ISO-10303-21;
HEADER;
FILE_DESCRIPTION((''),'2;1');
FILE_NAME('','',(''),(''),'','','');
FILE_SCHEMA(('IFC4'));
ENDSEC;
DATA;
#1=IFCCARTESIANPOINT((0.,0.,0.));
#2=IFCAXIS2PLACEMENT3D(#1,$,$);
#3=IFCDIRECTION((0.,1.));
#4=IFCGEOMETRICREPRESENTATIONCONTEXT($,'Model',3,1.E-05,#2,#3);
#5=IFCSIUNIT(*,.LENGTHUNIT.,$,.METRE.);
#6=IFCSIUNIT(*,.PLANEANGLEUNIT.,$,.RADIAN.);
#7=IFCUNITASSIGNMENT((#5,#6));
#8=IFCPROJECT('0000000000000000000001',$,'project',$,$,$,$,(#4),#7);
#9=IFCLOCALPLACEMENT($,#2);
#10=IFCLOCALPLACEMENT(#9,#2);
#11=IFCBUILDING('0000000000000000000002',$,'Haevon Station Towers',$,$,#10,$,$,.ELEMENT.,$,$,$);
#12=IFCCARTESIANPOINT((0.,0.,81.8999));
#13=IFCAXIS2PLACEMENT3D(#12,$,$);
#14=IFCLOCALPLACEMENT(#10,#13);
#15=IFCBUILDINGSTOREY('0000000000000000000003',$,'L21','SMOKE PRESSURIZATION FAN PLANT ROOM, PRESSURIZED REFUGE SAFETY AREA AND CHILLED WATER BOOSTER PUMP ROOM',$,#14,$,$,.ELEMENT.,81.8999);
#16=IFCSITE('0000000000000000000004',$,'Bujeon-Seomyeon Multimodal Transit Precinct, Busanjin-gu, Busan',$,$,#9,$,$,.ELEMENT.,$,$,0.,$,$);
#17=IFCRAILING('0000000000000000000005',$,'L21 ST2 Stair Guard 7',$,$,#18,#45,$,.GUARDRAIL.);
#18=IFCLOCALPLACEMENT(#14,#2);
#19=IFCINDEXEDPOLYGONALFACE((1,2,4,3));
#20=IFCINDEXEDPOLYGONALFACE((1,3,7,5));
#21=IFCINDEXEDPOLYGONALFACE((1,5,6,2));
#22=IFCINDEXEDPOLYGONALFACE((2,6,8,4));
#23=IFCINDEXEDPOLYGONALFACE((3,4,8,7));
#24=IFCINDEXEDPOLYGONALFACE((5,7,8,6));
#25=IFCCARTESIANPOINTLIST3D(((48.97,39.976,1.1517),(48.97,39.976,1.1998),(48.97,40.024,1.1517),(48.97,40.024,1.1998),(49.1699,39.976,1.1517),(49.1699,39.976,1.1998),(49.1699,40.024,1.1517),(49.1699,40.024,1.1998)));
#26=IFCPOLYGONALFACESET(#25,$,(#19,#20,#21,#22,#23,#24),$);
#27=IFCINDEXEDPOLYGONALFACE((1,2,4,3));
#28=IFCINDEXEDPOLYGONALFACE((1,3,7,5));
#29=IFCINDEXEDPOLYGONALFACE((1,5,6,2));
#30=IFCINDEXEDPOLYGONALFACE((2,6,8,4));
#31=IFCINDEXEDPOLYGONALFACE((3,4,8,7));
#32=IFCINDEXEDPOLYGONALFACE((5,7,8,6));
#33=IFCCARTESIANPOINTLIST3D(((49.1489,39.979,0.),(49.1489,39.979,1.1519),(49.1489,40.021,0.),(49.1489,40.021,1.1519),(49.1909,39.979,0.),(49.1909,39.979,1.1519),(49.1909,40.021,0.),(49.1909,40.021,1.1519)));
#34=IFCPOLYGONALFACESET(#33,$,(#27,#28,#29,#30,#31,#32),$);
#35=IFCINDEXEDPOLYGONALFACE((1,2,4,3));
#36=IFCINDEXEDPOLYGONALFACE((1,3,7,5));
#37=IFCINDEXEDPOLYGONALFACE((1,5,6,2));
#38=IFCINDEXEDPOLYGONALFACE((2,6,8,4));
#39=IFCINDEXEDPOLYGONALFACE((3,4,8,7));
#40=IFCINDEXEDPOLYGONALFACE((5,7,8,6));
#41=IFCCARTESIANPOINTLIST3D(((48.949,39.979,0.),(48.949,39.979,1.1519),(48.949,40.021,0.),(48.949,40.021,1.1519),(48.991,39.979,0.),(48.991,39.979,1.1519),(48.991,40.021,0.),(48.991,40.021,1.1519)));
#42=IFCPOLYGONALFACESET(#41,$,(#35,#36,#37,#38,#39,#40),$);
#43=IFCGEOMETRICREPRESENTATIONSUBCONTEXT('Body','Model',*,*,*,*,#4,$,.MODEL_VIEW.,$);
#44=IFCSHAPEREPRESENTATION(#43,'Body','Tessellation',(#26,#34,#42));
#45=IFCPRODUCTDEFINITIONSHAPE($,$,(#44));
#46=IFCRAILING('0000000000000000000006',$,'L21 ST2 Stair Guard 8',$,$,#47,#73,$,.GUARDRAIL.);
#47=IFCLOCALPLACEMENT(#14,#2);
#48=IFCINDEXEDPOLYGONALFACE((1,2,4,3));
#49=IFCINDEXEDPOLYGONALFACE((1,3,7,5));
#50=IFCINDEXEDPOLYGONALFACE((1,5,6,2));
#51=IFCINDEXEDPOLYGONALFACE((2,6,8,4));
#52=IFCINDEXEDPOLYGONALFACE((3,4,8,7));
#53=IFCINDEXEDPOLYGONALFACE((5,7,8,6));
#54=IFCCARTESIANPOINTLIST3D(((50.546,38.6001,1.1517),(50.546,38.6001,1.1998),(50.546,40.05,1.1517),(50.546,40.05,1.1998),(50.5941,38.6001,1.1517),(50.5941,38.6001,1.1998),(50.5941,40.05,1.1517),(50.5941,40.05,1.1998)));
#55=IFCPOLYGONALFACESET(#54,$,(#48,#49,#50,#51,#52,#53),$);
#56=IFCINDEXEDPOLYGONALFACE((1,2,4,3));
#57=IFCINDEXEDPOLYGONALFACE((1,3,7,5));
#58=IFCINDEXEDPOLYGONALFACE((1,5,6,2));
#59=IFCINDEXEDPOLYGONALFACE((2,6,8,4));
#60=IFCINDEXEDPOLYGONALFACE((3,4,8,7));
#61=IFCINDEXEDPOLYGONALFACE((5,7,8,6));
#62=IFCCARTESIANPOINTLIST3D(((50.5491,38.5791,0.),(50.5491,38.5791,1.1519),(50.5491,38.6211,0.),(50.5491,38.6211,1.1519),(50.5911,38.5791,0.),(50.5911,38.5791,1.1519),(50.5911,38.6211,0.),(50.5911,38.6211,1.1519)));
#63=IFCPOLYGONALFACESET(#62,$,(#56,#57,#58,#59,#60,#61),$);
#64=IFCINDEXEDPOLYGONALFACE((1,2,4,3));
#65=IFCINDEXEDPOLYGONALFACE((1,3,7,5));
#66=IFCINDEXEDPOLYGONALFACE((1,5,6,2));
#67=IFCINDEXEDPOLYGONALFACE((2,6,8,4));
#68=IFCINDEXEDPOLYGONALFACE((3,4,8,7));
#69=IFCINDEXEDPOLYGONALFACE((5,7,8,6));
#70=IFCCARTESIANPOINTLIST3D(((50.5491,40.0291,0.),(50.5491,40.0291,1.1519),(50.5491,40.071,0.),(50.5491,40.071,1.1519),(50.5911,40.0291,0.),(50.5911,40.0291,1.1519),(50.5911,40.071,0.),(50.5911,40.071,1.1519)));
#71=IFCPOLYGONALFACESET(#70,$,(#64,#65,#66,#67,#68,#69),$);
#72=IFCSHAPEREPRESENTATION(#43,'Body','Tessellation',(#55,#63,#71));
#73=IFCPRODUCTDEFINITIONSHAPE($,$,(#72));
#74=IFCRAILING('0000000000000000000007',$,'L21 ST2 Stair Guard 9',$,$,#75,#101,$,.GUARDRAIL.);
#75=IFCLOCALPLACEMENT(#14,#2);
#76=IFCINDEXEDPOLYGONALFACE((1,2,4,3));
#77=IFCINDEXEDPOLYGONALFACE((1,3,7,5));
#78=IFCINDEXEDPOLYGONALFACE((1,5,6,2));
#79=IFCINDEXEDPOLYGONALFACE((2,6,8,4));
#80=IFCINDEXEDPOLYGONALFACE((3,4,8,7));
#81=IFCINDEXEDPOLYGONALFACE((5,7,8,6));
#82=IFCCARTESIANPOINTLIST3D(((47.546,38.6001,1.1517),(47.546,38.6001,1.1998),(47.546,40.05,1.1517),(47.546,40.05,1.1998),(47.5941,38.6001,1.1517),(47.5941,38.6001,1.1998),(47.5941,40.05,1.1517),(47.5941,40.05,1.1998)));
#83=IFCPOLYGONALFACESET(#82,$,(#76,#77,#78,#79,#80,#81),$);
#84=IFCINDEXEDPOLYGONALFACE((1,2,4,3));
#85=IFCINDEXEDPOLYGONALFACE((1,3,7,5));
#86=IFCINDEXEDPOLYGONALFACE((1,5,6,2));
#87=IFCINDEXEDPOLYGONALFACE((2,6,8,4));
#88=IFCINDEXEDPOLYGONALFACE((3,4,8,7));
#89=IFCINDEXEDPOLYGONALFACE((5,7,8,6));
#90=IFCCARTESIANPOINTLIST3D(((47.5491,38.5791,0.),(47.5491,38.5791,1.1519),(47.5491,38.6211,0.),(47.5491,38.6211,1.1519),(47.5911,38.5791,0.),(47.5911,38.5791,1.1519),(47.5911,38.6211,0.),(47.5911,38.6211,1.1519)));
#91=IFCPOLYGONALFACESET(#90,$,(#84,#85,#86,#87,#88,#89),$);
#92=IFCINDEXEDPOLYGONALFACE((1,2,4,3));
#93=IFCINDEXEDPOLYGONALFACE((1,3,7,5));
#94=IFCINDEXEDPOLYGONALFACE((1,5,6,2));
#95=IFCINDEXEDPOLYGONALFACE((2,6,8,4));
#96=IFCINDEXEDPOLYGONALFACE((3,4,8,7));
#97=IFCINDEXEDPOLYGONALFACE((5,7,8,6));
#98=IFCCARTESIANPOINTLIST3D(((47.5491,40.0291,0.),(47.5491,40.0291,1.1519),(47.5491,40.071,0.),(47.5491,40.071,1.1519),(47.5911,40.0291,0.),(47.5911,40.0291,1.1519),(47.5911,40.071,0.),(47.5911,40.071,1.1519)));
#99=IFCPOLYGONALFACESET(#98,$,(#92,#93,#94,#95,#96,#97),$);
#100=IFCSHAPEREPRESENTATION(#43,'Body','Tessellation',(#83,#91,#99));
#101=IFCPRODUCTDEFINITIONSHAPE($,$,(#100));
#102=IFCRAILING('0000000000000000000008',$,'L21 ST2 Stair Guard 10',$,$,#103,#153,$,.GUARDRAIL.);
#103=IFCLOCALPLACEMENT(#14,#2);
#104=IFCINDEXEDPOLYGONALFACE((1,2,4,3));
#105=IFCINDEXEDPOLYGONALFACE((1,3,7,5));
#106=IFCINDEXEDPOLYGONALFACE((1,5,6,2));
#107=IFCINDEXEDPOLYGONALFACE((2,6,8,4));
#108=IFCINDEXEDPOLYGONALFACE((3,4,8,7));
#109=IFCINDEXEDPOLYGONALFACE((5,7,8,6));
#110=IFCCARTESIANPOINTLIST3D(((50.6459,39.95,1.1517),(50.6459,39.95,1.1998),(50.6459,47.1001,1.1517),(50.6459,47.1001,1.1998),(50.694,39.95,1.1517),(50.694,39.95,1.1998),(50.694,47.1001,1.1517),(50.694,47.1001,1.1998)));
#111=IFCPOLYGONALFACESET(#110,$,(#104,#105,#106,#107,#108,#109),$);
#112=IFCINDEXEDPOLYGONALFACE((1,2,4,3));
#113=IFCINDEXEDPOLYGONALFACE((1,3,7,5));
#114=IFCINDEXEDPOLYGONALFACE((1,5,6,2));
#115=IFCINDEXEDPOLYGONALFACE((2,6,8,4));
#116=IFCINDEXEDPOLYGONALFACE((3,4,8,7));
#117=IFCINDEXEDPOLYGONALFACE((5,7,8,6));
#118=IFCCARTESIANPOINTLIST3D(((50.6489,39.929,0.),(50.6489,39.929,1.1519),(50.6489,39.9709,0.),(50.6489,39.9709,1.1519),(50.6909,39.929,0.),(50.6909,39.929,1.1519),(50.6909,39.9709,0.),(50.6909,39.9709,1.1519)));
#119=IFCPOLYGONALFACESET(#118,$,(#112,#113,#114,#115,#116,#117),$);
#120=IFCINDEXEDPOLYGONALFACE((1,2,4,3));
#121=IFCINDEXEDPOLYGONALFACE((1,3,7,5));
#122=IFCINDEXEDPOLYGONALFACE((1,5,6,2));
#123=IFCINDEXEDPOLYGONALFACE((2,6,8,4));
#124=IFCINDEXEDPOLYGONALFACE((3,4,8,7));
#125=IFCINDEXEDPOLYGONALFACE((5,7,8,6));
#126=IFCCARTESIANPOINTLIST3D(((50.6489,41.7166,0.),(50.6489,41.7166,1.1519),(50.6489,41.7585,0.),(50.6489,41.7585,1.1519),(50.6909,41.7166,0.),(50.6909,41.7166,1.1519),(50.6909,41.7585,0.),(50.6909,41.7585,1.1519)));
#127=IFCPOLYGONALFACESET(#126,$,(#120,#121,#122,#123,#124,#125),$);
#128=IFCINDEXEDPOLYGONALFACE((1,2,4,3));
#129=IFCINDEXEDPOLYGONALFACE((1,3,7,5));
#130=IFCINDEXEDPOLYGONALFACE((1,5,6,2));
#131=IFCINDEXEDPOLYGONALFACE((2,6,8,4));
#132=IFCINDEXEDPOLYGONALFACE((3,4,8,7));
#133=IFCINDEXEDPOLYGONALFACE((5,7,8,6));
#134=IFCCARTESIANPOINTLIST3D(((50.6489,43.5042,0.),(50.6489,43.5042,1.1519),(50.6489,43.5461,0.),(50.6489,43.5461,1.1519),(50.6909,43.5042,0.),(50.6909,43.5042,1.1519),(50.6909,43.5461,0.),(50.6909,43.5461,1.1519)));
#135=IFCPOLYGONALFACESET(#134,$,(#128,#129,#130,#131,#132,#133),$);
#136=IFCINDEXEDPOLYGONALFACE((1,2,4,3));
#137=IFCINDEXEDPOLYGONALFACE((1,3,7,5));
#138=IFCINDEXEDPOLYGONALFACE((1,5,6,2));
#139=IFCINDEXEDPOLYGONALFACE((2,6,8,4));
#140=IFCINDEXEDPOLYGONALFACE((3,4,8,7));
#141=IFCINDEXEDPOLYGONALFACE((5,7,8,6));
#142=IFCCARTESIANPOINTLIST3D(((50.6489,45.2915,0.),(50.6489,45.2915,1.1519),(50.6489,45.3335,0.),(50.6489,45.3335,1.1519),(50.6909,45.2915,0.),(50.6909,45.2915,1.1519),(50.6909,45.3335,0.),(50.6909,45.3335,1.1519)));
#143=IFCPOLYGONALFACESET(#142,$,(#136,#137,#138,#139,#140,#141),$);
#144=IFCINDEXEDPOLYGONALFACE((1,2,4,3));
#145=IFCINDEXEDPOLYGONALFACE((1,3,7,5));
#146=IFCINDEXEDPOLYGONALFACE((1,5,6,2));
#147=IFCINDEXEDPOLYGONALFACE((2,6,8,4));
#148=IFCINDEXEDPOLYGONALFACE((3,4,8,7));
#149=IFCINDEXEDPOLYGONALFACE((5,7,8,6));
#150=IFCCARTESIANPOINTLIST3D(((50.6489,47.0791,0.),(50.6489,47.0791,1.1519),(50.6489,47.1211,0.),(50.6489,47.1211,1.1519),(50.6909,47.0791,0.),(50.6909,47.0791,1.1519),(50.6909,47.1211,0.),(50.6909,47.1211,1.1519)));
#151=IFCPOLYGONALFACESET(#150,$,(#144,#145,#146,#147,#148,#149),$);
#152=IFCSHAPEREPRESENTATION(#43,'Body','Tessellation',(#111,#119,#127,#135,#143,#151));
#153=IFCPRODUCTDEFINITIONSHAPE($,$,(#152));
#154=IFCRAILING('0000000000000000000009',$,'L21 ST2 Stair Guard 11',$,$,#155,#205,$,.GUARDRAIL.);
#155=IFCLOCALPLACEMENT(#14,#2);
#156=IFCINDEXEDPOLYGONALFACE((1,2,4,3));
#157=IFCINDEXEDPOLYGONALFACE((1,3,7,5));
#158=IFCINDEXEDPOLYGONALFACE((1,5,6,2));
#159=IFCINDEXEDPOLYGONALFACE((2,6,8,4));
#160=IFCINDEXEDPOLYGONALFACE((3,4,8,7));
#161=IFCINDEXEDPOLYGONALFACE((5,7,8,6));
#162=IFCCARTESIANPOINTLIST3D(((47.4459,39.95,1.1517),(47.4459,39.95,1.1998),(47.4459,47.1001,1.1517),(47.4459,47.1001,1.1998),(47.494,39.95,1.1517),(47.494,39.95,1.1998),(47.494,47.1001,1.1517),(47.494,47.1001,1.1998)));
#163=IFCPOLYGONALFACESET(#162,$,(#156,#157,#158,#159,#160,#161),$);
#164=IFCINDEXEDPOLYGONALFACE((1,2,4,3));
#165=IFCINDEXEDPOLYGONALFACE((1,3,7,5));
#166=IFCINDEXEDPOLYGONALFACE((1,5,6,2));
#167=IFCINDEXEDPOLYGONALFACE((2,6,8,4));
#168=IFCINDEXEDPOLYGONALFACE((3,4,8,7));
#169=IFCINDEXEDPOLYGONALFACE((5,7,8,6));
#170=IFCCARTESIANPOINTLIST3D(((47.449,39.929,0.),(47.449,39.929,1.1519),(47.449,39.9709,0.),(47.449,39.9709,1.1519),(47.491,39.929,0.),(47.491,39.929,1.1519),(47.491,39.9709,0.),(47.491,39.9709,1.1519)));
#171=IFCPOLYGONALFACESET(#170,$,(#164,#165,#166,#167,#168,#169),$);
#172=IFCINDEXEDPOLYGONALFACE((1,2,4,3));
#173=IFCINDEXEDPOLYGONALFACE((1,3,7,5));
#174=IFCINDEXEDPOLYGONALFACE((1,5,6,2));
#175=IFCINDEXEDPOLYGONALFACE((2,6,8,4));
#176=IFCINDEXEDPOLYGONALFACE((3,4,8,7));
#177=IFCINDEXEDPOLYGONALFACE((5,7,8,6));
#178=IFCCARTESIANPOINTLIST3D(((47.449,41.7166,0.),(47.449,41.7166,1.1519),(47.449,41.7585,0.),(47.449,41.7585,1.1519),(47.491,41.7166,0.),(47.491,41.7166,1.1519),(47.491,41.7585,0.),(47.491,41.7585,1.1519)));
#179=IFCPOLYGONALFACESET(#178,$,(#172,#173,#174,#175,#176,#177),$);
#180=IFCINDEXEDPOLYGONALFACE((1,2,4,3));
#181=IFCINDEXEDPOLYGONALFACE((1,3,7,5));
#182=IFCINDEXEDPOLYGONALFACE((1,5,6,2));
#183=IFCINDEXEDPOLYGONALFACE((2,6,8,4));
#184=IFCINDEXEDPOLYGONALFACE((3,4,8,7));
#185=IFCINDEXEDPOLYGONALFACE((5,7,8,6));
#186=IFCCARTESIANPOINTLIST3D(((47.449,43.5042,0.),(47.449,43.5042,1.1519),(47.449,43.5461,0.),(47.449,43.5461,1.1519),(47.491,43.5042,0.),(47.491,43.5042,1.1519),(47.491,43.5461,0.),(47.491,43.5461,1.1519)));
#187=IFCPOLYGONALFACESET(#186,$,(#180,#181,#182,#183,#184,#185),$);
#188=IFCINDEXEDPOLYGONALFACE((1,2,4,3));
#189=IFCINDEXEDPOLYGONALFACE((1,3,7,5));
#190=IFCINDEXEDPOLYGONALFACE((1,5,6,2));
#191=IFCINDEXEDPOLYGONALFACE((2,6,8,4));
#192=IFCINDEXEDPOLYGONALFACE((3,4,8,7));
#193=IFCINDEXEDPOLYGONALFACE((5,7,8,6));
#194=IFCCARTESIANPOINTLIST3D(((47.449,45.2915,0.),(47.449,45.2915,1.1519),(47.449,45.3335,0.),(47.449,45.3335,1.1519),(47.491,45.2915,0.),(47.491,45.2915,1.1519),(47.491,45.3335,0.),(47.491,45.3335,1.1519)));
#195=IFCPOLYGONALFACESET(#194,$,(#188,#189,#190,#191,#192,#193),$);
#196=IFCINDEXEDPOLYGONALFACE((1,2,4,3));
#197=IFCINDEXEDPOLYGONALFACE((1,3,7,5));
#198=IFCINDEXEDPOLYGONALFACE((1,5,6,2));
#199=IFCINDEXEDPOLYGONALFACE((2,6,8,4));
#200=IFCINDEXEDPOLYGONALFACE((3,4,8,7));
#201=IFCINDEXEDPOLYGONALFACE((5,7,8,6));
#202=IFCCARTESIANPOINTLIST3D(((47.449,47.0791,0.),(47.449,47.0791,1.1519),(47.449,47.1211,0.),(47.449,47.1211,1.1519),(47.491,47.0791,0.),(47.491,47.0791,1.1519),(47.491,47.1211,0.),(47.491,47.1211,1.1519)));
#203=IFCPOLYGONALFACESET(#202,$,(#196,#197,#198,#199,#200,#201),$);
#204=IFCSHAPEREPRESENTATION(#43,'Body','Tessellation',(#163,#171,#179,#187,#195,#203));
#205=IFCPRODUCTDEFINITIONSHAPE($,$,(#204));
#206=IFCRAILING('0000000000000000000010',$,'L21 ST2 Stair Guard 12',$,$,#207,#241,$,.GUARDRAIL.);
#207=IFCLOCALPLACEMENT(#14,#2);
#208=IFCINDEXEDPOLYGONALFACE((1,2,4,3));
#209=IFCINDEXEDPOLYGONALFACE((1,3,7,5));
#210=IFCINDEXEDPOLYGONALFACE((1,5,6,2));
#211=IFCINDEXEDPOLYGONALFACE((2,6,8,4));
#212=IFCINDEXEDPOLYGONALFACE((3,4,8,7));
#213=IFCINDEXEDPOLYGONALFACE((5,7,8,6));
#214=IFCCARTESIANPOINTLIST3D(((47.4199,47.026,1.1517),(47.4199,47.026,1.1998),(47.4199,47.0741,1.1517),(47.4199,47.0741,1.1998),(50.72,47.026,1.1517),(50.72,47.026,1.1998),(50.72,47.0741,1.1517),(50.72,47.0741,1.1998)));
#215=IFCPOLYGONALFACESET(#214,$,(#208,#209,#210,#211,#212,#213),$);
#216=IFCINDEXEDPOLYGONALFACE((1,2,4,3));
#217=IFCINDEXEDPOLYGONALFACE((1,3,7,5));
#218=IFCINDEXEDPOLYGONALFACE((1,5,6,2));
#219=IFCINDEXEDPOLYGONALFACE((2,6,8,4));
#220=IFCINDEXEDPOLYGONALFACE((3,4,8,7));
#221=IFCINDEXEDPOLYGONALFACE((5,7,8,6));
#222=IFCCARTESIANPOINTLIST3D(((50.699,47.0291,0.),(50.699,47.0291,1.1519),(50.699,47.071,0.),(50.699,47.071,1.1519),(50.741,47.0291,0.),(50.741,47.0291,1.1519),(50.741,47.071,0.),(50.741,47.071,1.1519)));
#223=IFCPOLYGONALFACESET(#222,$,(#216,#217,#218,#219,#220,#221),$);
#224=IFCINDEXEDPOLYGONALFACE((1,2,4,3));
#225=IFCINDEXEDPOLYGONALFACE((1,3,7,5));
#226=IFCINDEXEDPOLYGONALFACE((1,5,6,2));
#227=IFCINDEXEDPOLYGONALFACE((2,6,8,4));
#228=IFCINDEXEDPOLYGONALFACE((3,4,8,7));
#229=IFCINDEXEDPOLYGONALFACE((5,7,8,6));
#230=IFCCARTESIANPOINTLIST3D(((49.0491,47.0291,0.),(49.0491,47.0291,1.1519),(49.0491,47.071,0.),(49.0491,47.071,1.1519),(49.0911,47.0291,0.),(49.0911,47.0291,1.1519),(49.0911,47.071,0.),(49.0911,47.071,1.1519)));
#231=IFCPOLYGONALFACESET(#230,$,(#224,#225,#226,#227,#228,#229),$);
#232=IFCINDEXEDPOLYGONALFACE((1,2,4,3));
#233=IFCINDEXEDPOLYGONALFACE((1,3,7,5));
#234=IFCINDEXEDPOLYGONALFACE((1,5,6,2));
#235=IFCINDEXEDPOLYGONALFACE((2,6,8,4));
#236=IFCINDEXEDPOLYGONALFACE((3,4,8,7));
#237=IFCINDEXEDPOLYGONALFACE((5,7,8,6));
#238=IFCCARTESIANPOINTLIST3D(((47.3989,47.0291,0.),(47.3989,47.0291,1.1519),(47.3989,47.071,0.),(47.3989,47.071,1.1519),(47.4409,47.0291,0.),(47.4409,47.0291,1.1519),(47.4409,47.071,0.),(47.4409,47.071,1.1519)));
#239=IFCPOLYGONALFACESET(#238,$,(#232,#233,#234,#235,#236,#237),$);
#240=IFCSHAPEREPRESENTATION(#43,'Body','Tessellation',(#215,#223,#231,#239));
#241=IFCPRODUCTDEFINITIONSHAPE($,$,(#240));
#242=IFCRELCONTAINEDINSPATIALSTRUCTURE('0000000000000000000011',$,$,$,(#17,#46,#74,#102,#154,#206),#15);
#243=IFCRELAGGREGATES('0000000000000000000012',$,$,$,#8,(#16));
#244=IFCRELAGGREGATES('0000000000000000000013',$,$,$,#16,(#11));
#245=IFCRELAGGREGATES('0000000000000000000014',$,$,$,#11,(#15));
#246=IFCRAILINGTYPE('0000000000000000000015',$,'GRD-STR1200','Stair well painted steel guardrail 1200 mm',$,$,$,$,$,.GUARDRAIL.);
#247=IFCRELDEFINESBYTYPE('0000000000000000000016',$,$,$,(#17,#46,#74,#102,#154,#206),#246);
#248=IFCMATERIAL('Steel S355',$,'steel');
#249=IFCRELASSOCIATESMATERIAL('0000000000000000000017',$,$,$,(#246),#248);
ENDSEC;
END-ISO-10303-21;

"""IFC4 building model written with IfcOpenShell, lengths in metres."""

from ifc_helpers import new_model, si_unit, direction, frame, origin, origin_2d, place, context, subcontext, project, spatial, rectangle, extrude, material, type_object, element, save


model = new_model("IFC4")

# Units and contexts
model_context = context("Model", 3, precision=1e-05, world=origin(), true_north=direction((0.0, 1.0)))
body_context = subcontext(model_context, "Body", "Model", "MODEL_VIEW")
ifc_project = project(units=[si_unit("LENGTHUNIT", "METRE"), si_unit("PLANEANGLEUNIT", "RADIAN")], contexts=[model_context])

# Site, building, storey
site_placement = place(None, origin())
site = spatial("IfcSite", under=ifc_project, at=site_placement, Name="Bujeon-Seomyeon Multimodal Transit Precinct, Busanjin-gu, Busan", CompositionType="ELEMENT", RefElevation=0.0)
building_placement = place(site_placement, origin())
building = spatial("IfcBuilding", under=site, at=building_placement, Name="Haevon Station Towers", CompositionType="ELEMENT")
storey_placement = place(building_placement, frame((0.0, 0.0, 81.8999)))
storey = spatial("IfcBuildingStorey", under=building, at=storey_placement, Name="L21", Description="SMOKE PRESSURIZATION FAN PLANT ROOM, PRESSURIZED REFUGE SAFETY AREA AND CHILLED WATER BOOSTER PUMP ROOM", CompositionType="ELEMENT", Elevation=81.8999)

# Shared definitions
ifc_material_1 = material(Name="Steel S355", Category="steel")

# Railings
railing_type_1 = type_object("IfcRailingType", Name="GRD-STR1200", Description="Stair well painted steel guardrail 1200 mm", PredefinedType="GUARDRAIL", material=ifc_material_1)
railing_1_placement = place(storey_placement, frame((49.1699, 40.0, 0.0)))
element("IfcRailing", 1, at=railing_1_placement, inside=storey, type_object=railing_type_1, Name="L21 ST2 Stair Guard 7", PredefinedType="GUARDRAIL", context=body_context, shape_type="SweptSolid", body=[
    extrude(rectangle(XDim=0.0481, YDim=0.0481, at=origin_2d()), frame((0.0, 0.0, 1.1758), z_axis=(-1.0, 0.0, 0.0), x_axis=(0.0, -1.0, 0.0)), (0.0, 0.0, 1.0), 0.2),
    extrude(rectangle(XDim=0.042, YDim=0.042, at=origin_2d()), origin(), (0.0, 0.0, 1.0), 1.1519),
    extrude(rectangle(XDim=0.042, YDim=0.042, at=origin_2d()), frame((-0.2, 0.0, 0.0)), (0.0, 0.0, 1.0), 1.1519),
])
for number, where, name in (
    (2, (50.5701, 38.6001, 0.0), "L21 ST2 Stair Guard 8"),
    (3, (47.5701, 38.6001, 0.0), "L21 ST2 Stair Guard 9"),
):
    element("IfcRailing", number, at=place(storey_placement, frame(where)), inside=storey, type_object=railing_type_1, Name=name, PredefinedType="GUARDRAIL", context=body_context, shape_type="SweptSolid", body=[
        extrude(rectangle(XDim=0.0481, YDim=0.0481, at=origin_2d()), frame((0.0, 0.0, 1.1758), z_axis=(0.0, 1.0, 0.0), x_axis=(-1.0, 0.0, 0.0)), (0.0, 0.0, 1.0), 1.45),
        extrude(rectangle(XDim=0.042, YDim=0.042, at=origin_2d()), origin(), (0.0, 0.0, 1.0), 1.1519),
        extrude(rectangle(XDim=0.042, YDim=0.042, at=origin_2d()), frame((0.0, 1.45, 0.0)), (0.0, 0.0, 1.0), 1.1519),
    ])
for number, where, name in (
    (4, (50.6699, 39.95, 0.0), "L21 ST2 Stair Guard 10"),
    (5, (47.47, 39.95, 0.0), "L21 ST2 Stair Guard 11"),
):
    element("IfcRailing", number, at=place(storey_placement, frame(where)), inside=storey, type_object=railing_type_1, Name=name, PredefinedType="GUARDRAIL", context=body_context, shape_type="SweptSolid", body=[
        extrude(rectangle(XDim=0.0481, YDim=0.0481, at=origin_2d()), frame((0.0, 0.0, 1.1758), z_axis=(0.0, 1.0, 0.0), x_axis=(-1.0, 0.0, 0.0)), (0.0, 0.0, 1.0), 7.1501),
        extrude(rectangle(XDim=0.042, YDim=0.042, at=origin_2d()), origin(), (0.0, 0.0, 1.0), 1.1519),
        extrude(rectangle(XDim=0.042, YDim=0.042, at=origin_2d()), frame((0.0, 1.7876, 0.0)), (0.0, 0.0, 1.0), 1.1519),
        extrude(rectangle(XDim=0.042, YDim=0.042, at=origin_2d()), frame((0.0, 3.5752, 0.0)), (0.0, 0.0, 1.0), 1.1519),
        extrude(rectangle(XDim=0.042, YDim=0.042, at=origin_2d()), frame((0.0, 5.3625, 0.0)), (0.0, 0.0, 1.0), 1.1519),
        extrude(rectangle(XDim=0.042, YDim=0.042, at=origin_2d()), frame((0.0, 7.1501, 0.0)), (0.0, 0.0, 1.0), 1.1519),
    ])
railing_2_placement = place(storey_placement, frame((50.72, 47.05, 0.0)))
element("IfcRailing", 6, at=railing_2_placement, inside=storey, type_object=railing_type_1, Name="L21 ST2 Stair Guard 12", PredefinedType="GUARDRAIL", context=body_context, shape_type="SweptSolid", body=[
    extrude(rectangle(XDim=0.0481, YDim=0.0481, at=origin_2d()), frame((0.0, 0.0, 1.1758), z_axis=(-1.0, 0.0, 0.0), x_axis=(0.0, -1.0, 0.0)), (0.0, 0.0, 1.0), 3.3),
    extrude(rectangle(XDim=0.042, YDim=0.042, at=origin_2d()), origin(), (0.0, 0.0, 1.0), 1.1519),
    extrude(rectangle(XDim=0.042, YDim=0.042, at=origin_2d()), frame((-1.6499, 0.0, 0.0)), (0.0, 0.0, 1.0), 1.1519),
    extrude(rectangle(XDim=0.042, YDim=0.042, at=origin_2d()), frame((-3.3, 0.0, 0.0)), (0.0, 0.0, 1.0), 1.1519),
])

save(model, "model.ifc")
